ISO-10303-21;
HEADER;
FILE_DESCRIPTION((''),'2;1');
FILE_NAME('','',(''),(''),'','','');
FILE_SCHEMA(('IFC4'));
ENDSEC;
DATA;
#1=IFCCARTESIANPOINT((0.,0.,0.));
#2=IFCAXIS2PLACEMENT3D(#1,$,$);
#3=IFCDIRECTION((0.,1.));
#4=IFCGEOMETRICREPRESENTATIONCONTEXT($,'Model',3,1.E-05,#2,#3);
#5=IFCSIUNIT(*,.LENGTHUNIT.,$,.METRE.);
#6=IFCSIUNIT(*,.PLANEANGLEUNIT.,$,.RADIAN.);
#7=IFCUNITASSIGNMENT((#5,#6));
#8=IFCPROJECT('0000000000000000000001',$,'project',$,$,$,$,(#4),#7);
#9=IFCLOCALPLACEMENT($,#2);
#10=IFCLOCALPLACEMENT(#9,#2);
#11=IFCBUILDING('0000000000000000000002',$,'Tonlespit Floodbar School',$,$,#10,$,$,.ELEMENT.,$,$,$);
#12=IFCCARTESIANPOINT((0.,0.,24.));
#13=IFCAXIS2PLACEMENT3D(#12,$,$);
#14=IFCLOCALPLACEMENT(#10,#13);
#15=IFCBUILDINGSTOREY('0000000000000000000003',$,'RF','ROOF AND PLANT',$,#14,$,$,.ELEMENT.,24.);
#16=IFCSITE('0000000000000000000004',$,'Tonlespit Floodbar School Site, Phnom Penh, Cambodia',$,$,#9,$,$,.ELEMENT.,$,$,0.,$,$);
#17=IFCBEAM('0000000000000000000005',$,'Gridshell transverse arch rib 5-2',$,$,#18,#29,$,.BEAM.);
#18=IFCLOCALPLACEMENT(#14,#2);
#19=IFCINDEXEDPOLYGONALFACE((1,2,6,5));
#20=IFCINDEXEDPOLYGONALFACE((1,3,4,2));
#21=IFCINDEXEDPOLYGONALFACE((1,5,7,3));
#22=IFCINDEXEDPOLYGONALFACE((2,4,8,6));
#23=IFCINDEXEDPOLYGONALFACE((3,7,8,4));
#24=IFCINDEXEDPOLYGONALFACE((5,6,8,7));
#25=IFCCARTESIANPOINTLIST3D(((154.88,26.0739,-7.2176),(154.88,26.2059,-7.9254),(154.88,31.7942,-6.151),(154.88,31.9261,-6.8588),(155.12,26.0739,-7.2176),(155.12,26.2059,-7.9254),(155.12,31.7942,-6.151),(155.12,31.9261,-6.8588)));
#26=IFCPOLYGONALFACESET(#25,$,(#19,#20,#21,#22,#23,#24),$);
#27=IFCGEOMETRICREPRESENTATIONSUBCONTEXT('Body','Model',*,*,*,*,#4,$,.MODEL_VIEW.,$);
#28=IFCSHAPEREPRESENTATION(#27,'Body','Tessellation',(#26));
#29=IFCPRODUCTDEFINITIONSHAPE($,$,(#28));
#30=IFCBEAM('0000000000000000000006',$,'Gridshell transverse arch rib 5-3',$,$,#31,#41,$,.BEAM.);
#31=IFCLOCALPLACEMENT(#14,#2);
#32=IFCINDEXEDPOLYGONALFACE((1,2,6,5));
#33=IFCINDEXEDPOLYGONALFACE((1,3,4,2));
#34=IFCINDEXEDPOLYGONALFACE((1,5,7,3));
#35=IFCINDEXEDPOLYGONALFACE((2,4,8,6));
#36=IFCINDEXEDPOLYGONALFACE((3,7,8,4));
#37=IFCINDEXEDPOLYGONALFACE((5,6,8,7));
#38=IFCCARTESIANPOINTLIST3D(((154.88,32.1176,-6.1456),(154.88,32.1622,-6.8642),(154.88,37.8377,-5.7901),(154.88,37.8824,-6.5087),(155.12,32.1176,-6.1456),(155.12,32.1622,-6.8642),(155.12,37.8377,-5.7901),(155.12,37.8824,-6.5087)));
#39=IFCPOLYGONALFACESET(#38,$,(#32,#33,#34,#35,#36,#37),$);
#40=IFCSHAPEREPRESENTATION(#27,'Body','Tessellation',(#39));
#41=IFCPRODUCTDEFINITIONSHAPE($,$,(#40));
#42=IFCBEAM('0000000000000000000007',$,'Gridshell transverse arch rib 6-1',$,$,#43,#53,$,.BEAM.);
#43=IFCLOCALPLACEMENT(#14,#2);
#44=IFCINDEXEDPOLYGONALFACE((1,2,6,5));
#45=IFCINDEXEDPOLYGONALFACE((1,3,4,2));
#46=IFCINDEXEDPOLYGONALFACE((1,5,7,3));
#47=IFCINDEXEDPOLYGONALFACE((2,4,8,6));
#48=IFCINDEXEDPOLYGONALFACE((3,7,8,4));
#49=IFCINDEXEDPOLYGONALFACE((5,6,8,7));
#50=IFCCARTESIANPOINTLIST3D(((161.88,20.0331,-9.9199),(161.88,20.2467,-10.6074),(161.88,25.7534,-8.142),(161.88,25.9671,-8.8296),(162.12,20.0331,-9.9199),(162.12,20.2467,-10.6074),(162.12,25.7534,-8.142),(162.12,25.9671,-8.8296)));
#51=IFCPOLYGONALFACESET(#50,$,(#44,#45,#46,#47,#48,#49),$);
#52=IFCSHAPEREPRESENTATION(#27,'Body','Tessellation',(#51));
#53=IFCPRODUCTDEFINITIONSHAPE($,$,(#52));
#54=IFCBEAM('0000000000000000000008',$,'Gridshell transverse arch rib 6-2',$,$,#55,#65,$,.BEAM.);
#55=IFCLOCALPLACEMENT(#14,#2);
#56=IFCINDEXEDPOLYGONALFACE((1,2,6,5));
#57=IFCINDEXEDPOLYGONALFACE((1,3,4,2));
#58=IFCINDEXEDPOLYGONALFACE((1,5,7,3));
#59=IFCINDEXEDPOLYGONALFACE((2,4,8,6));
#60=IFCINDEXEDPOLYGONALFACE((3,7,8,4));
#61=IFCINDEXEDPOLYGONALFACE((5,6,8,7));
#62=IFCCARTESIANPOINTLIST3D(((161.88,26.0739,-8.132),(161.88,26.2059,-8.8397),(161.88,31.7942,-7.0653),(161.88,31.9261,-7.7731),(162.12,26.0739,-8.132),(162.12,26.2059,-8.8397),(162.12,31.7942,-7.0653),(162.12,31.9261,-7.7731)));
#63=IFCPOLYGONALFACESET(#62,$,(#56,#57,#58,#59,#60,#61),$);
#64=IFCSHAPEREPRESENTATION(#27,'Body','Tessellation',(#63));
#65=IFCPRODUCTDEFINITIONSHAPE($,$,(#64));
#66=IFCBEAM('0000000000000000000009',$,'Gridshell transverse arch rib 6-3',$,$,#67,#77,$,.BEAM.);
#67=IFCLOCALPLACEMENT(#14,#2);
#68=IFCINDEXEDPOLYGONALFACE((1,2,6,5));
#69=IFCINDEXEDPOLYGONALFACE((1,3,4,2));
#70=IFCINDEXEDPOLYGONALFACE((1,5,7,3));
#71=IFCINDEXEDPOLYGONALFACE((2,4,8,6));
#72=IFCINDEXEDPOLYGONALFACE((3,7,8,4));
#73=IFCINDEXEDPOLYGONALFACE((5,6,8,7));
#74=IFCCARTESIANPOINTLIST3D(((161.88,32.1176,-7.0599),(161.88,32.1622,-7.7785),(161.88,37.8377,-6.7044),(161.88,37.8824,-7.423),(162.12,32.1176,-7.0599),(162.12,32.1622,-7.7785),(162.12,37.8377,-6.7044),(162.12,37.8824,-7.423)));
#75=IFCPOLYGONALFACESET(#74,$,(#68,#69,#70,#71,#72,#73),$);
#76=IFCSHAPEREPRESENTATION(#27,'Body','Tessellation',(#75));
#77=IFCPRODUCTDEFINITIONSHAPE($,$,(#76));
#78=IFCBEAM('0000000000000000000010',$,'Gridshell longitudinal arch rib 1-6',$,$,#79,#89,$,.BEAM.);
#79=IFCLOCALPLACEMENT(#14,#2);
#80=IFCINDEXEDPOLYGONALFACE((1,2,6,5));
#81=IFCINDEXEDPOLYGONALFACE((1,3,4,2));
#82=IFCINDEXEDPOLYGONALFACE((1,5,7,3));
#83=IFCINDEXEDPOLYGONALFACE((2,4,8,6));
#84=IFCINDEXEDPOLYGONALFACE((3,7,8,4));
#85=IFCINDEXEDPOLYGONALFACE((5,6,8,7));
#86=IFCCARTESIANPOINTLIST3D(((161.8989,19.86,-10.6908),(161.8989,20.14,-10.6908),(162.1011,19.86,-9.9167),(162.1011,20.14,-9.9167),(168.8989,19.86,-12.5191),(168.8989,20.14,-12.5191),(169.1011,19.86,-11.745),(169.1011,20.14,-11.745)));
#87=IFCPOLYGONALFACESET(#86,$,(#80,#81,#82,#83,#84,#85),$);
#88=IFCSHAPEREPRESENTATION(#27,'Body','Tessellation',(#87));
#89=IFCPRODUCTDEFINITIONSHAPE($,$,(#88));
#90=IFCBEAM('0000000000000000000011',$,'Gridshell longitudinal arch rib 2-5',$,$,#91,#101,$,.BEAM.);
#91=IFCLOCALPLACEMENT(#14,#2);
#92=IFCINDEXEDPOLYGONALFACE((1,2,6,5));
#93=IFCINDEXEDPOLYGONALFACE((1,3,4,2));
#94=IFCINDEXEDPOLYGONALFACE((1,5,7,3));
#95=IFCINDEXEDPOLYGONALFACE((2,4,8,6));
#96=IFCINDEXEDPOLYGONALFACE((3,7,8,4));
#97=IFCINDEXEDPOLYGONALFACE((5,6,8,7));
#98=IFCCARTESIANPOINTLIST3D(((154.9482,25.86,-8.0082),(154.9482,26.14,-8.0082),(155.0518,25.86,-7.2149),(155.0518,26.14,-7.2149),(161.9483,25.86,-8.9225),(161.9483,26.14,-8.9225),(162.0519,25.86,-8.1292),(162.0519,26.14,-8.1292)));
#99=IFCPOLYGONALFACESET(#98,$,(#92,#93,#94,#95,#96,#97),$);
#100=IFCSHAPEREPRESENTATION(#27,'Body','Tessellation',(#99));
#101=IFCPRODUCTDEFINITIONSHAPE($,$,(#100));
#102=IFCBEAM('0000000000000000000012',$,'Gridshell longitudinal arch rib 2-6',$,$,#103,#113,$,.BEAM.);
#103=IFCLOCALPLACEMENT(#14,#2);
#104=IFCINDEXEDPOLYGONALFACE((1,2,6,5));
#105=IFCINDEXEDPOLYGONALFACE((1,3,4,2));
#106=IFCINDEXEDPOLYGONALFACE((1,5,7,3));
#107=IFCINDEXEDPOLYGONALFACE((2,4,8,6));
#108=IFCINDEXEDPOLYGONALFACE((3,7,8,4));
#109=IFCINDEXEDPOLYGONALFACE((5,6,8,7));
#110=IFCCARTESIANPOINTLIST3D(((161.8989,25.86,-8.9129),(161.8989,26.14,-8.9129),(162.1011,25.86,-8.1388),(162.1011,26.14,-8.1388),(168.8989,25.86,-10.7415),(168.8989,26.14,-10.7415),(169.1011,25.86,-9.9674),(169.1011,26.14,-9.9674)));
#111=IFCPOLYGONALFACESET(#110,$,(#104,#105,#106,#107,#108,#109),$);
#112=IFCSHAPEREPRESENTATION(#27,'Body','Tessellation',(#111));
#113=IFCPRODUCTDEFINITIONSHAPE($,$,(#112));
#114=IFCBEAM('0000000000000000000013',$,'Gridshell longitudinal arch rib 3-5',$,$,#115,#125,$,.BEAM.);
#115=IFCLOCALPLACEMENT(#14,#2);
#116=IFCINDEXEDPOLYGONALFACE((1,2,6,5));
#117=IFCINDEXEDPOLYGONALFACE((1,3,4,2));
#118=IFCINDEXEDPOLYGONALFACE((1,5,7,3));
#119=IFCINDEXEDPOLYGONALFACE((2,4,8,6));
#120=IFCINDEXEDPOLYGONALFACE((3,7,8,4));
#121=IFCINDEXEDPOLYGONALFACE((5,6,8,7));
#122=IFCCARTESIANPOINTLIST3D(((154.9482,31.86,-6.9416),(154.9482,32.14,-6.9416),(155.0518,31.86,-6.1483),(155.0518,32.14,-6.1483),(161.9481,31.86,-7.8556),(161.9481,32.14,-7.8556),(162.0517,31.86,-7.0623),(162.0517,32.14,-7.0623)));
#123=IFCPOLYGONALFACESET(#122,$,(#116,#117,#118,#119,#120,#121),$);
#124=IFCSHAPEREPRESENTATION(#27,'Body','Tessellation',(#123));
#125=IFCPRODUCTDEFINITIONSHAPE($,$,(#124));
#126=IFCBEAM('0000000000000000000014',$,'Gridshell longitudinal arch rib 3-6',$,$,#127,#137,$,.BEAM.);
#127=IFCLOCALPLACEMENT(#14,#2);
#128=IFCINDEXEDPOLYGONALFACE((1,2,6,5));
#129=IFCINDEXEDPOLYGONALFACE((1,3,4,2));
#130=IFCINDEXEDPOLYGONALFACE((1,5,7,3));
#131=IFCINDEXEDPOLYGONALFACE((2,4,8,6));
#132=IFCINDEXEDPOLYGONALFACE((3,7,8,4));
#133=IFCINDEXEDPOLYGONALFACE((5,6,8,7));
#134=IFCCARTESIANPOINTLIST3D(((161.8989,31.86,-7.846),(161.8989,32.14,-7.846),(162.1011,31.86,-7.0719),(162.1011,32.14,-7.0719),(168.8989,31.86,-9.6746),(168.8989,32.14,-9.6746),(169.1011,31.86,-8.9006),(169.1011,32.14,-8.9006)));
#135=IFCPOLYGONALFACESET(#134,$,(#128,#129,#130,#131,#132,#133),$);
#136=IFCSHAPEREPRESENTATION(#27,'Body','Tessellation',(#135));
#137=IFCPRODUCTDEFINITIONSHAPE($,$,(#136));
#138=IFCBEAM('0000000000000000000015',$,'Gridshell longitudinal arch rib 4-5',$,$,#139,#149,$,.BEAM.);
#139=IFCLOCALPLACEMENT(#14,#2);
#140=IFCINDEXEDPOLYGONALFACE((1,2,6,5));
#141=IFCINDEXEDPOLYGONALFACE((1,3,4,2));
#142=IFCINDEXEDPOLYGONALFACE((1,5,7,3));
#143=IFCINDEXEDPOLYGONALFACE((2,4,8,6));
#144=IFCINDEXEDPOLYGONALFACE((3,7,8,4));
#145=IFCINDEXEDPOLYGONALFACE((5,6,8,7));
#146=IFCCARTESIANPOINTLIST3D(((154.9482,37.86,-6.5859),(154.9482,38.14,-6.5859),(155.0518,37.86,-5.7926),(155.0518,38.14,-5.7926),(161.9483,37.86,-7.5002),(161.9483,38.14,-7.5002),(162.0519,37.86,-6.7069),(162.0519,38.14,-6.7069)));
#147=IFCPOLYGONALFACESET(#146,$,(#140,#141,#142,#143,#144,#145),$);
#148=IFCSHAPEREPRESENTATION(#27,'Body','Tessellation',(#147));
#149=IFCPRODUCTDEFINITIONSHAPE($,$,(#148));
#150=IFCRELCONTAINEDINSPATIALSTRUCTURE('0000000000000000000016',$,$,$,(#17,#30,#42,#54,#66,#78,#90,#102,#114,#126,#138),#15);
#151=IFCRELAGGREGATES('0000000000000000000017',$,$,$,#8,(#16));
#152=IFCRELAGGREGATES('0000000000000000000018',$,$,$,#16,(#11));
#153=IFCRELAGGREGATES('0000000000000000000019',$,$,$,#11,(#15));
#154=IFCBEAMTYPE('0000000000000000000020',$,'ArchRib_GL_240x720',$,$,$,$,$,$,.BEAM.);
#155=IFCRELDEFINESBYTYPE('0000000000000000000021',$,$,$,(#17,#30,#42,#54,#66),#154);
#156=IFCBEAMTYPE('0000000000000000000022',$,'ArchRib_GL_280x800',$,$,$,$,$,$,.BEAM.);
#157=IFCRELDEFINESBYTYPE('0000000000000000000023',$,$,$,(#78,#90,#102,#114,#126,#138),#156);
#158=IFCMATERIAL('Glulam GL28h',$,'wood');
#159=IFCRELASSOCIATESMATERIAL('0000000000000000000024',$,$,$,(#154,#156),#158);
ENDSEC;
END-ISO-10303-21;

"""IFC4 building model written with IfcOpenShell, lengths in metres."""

from ifc_helpers import new_model, si_unit, direction, frame, origin, origin_2d, place, context, subcontext, project, spatial, rectangle, extrude, material, material_profile, profile_set, type_object, element, save


model = new_model("IFC4")

# Units and contexts
model_context = context("Model", 3, precision=1e-05, world=origin(), true_north=direction((0.0, 1.0)))
body_context = subcontext(model_context, "Body", "Model", "MODEL_VIEW")
ifc_project = project(units=[si_unit("LENGTHUNIT", "METRE"), si_unit("PLANEANGLEUNIT", "RADIAN")], contexts=[model_context])

# Site, building, storey
site_placement = place(None, origin())
site = spatial("IfcSite", under=ifc_project, at=site_placement, Name="Tonlespit Floodbar School Site, Phnom Penh, Cambodia", CompositionType="ELEMENT", RefElevation=0.0)
building_placement = place(site_placement, origin())
building = spatial("IfcBuilding", under=site, at=building_placement, Name="Tonlespit Floodbar School", CompositionType="ELEMENT")
storey_placement = place(building_placement, frame((0.0, 0.0, 24.0)))
storey = spatial("IfcBuildingStorey", under=building, at=storey_placement, Name="RF", Description="ROOF AND PLANT", CompositionType="ELEMENT", Elevation=24.0)

# Beams
ifc_material_1 = material(Name="Glulam GL28h", Category="wood")
ifc_material_profile_1 = material_profile(ifc_material_1, rectangle(XDim=0.24, YDim=0.72, at=origin_2d()), Name="GL 240x720")
ifc_profile_set_1 = profile_set([ifc_material_profile_1], Name="Glulam GL28h")
beam_type_1 = type_object("IfcBeamType", Name="ArchRib_GL_240x720", PredefinedType="BEAM", material=ifc_profile_set_1)
beam_1_placement = place(storey_placement, frame((155.0, 26.1399, -7.5715), z_axis=(0.0, 0.983055, 0.183311), x_axis=(-1.0, 0.0, 0.0)))
element("IfcBeam", 1, at=beam_1_placement, inside=storey, type_object=beam_type_1, Name="Gridshell transverse arch rib 5-2", PredefinedType="BEAM", context=body_context, shape_type="SweptSolid", body=[
    extrude(rectangle(XDim=0.24, YDim=0.72, at=origin_2d()), origin(), (0.0, 0.0, 1.0), 5.8188),
])
beam_2_placement = place(storey_placement, frame((155.0, 32.1399, -6.5049), z_axis=(0.0, 0.998075, 0.062023), x_axis=(-1.0, 0.0, 0.0)))
element("IfcBeam", 2, at=beam_2_placement, inside=storey, type_object=beam_type_1, Name="Gridshell transverse arch rib 5-3", PredefinedType="BEAM", context=body_context, shape_type="SweptSolid", body=[
    extrude(rectangle(XDim=0.24, YDim=0.72, at=origin_2d()), origin(), (0.0, 0.0, 1.0), 5.7312),
])
beam_3_placement = place(storey_placement, frame((162.0, 20.1399, -10.2637), z_axis=(0.0, 0.954942, 0.296794), x_axis=(-1.0, 0.0, 0.0)))
element("IfcBeam", 3, at=beam_3_placement, inside=storey, type_object=beam_type_1, Name="Gridshell transverse arch rib 6-1", PredefinedType="BEAM", context=body_context, shape_type="SweptSolid", body=[
    extrude(rectangle(XDim=0.24, YDim=0.72, at=origin_2d()), origin(), (0.0, 0.0, 1.0), 5.9902),
])
beam_4_placement = place(storey_placement, frame((162.0, 26.1399, -8.4858), z_axis=(0.0, 0.983055, 0.183311), x_axis=(-1.0, 0.0, 0.0)))
element("IfcBeam", 4, at=beam_4_placement, inside=storey, type_object=beam_type_1, Name="Gridshell transverse arch rib 6-2", PredefinedType="BEAM", context=body_context, shape_type="SweptSolid", body=[
    extrude(rectangle(XDim=0.24, YDim=0.72, at=origin_2d()), origin(), (0.0, 0.0, 1.0), 5.8188),
])
beam_5_placement = place(storey_placement, frame((162.0, 32.1399, -7.4192), z_axis=(0.0, 0.998075, 0.062023), x_axis=(-1.0, 0.0, 0.0)))
element("IfcBeam", 5, at=beam_5_placement, inside=storey, type_object=beam_type_1, Name="Gridshell transverse arch rib 6-3", PredefinedType="BEAM", context=body_context, shape_type="SweptSolid", body=[
    extrude(rectangle(XDim=0.24, YDim=0.72, at=origin_2d()), origin(), (0.0, 0.0, 1.0), 5.7312),
])
ifc_material_profile_2 = material_profile(ifc_material_1, rectangle(XDim=0.28, YDim=0.8, at=origin_2d()), Name="GL 280x800")
ifc_profile_set_2 = profile_set([ifc_material_profile_2], Name="Glulam GL28h")
beam_type_2 = type_object("IfcBeamType", Name="ArchRib_GL_280x800", PredefinedType="BEAM", material=ifc_profile_set_2)
beam_6_placement = place(storey_placement, frame((162.0, 20.0, -10.3037), z_axis=(0.96754, 0.0, -0.252717), x_axis=(0.0, 1.0, 0.0)))
element("IfcBeam", 6, at=beam_6_placement, inside=storey, type_object=beam_type_2, Name="Gridshell longitudinal arch rib 1-6", PredefinedType="BEAM", context=body_context, shape_type="SweptSolid", body=[
    extrude(rectangle(XDim=0.28, YDim=0.8, at=origin_2d()), origin(), (0.0, 0.0, 1.0), 7.2349),
])
beam_7_placement = place(storey_placement, frame((155.0, 26.0, -7.6116), z_axis=(0.991577, 0.0, -0.129515), x_axis=(0.0, 1.0, 0.0)))
element("IfcBeam", 7, at=beam_7_placement, inside=storey, type_object=beam_type_2, Name="Gridshell longitudinal arch rib 2-5", PredefinedType="BEAM", context=body_context, shape_type="SweptSolid", body=[
    extrude(rectangle(XDim=0.28, YDim=0.8, at=origin_2d()), origin(), (0.0, 0.0, 1.0), 7.0596),
])
beam_8_placement = place(storey_placement, frame((162.0, 26.0, -8.5259), z_axis=(0.967532, 0.0, -0.252749), x_axis=(0.0, 1.0, 0.0)))
element("IfcBeam", 8, at=beam_8_placement, inside=storey, type_object=beam_type_2, Name="Gridshell longitudinal arch rib 2-6", PredefinedType="BEAM", context=body_context, shape_type="SweptSolid", body=[
    extrude(rectangle(XDim=0.28, YDim=0.8, at=origin_2d()), origin(), (0.0, 0.0, 1.0), 7.2349),
])
beam_9_placement = place(storey_placement, frame((155.0, 32.0, -6.5449), z_axis=(0.991582, 0.0, -0.129481), x_axis=(0.0, 1.0, 0.0)))
element("IfcBeam", 9, at=beam_9_placement, inside=storey, type_object=beam_type_2, Name="Gridshell longitudinal arch rib 3-5", PredefinedType="BEAM", context=body_context, shape_type="SweptSolid", body=[
    extrude(rectangle(XDim=0.28, YDim=0.8, at=origin_2d()), origin(), (0.0, 0.0, 1.0), 7.0593),
])
beam_10_placement = place(storey_placement, frame((162.0, 32.0, -7.459), z_axis=(0.967532, 0.0, -0.252749), x_axis=(0.0, 1.0, 0.0)))
element("IfcBeam", 10, at=beam_10_placement, inside=storey, type_object=beam_type_2, Name="Gridshell longitudinal arch rib 3-6", PredefinedType="BEAM", context=body_context, shape_type="SweptSolid", body=[
    extrude(rectangle(XDim=0.28, YDim=0.8, at=origin_2d()), origin(), (0.0, 0.0, 1.0), 7.2349),
])
beam_11_placement = place(storey_placement, frame((155.0, 38.0, -6.1892), z_axis=(0.991577, 0.0, -0.129515), x_axis=(0.0, 1.0, 0.0)))
element("IfcBeam", 11, at=beam_11_placement, inside=storey, type_object=beam_type_2, Name="Gridshell longitudinal arch rib 4-5", PredefinedType="BEAM", context=body_context, shape_type="SweptSolid", body=[
    extrude(rectangle(XDim=0.28, YDim=0.8, at=origin_2d()), origin(), (0.0, 0.0, 1.0), 7.0596),
])

save(model, "model.ifc")
